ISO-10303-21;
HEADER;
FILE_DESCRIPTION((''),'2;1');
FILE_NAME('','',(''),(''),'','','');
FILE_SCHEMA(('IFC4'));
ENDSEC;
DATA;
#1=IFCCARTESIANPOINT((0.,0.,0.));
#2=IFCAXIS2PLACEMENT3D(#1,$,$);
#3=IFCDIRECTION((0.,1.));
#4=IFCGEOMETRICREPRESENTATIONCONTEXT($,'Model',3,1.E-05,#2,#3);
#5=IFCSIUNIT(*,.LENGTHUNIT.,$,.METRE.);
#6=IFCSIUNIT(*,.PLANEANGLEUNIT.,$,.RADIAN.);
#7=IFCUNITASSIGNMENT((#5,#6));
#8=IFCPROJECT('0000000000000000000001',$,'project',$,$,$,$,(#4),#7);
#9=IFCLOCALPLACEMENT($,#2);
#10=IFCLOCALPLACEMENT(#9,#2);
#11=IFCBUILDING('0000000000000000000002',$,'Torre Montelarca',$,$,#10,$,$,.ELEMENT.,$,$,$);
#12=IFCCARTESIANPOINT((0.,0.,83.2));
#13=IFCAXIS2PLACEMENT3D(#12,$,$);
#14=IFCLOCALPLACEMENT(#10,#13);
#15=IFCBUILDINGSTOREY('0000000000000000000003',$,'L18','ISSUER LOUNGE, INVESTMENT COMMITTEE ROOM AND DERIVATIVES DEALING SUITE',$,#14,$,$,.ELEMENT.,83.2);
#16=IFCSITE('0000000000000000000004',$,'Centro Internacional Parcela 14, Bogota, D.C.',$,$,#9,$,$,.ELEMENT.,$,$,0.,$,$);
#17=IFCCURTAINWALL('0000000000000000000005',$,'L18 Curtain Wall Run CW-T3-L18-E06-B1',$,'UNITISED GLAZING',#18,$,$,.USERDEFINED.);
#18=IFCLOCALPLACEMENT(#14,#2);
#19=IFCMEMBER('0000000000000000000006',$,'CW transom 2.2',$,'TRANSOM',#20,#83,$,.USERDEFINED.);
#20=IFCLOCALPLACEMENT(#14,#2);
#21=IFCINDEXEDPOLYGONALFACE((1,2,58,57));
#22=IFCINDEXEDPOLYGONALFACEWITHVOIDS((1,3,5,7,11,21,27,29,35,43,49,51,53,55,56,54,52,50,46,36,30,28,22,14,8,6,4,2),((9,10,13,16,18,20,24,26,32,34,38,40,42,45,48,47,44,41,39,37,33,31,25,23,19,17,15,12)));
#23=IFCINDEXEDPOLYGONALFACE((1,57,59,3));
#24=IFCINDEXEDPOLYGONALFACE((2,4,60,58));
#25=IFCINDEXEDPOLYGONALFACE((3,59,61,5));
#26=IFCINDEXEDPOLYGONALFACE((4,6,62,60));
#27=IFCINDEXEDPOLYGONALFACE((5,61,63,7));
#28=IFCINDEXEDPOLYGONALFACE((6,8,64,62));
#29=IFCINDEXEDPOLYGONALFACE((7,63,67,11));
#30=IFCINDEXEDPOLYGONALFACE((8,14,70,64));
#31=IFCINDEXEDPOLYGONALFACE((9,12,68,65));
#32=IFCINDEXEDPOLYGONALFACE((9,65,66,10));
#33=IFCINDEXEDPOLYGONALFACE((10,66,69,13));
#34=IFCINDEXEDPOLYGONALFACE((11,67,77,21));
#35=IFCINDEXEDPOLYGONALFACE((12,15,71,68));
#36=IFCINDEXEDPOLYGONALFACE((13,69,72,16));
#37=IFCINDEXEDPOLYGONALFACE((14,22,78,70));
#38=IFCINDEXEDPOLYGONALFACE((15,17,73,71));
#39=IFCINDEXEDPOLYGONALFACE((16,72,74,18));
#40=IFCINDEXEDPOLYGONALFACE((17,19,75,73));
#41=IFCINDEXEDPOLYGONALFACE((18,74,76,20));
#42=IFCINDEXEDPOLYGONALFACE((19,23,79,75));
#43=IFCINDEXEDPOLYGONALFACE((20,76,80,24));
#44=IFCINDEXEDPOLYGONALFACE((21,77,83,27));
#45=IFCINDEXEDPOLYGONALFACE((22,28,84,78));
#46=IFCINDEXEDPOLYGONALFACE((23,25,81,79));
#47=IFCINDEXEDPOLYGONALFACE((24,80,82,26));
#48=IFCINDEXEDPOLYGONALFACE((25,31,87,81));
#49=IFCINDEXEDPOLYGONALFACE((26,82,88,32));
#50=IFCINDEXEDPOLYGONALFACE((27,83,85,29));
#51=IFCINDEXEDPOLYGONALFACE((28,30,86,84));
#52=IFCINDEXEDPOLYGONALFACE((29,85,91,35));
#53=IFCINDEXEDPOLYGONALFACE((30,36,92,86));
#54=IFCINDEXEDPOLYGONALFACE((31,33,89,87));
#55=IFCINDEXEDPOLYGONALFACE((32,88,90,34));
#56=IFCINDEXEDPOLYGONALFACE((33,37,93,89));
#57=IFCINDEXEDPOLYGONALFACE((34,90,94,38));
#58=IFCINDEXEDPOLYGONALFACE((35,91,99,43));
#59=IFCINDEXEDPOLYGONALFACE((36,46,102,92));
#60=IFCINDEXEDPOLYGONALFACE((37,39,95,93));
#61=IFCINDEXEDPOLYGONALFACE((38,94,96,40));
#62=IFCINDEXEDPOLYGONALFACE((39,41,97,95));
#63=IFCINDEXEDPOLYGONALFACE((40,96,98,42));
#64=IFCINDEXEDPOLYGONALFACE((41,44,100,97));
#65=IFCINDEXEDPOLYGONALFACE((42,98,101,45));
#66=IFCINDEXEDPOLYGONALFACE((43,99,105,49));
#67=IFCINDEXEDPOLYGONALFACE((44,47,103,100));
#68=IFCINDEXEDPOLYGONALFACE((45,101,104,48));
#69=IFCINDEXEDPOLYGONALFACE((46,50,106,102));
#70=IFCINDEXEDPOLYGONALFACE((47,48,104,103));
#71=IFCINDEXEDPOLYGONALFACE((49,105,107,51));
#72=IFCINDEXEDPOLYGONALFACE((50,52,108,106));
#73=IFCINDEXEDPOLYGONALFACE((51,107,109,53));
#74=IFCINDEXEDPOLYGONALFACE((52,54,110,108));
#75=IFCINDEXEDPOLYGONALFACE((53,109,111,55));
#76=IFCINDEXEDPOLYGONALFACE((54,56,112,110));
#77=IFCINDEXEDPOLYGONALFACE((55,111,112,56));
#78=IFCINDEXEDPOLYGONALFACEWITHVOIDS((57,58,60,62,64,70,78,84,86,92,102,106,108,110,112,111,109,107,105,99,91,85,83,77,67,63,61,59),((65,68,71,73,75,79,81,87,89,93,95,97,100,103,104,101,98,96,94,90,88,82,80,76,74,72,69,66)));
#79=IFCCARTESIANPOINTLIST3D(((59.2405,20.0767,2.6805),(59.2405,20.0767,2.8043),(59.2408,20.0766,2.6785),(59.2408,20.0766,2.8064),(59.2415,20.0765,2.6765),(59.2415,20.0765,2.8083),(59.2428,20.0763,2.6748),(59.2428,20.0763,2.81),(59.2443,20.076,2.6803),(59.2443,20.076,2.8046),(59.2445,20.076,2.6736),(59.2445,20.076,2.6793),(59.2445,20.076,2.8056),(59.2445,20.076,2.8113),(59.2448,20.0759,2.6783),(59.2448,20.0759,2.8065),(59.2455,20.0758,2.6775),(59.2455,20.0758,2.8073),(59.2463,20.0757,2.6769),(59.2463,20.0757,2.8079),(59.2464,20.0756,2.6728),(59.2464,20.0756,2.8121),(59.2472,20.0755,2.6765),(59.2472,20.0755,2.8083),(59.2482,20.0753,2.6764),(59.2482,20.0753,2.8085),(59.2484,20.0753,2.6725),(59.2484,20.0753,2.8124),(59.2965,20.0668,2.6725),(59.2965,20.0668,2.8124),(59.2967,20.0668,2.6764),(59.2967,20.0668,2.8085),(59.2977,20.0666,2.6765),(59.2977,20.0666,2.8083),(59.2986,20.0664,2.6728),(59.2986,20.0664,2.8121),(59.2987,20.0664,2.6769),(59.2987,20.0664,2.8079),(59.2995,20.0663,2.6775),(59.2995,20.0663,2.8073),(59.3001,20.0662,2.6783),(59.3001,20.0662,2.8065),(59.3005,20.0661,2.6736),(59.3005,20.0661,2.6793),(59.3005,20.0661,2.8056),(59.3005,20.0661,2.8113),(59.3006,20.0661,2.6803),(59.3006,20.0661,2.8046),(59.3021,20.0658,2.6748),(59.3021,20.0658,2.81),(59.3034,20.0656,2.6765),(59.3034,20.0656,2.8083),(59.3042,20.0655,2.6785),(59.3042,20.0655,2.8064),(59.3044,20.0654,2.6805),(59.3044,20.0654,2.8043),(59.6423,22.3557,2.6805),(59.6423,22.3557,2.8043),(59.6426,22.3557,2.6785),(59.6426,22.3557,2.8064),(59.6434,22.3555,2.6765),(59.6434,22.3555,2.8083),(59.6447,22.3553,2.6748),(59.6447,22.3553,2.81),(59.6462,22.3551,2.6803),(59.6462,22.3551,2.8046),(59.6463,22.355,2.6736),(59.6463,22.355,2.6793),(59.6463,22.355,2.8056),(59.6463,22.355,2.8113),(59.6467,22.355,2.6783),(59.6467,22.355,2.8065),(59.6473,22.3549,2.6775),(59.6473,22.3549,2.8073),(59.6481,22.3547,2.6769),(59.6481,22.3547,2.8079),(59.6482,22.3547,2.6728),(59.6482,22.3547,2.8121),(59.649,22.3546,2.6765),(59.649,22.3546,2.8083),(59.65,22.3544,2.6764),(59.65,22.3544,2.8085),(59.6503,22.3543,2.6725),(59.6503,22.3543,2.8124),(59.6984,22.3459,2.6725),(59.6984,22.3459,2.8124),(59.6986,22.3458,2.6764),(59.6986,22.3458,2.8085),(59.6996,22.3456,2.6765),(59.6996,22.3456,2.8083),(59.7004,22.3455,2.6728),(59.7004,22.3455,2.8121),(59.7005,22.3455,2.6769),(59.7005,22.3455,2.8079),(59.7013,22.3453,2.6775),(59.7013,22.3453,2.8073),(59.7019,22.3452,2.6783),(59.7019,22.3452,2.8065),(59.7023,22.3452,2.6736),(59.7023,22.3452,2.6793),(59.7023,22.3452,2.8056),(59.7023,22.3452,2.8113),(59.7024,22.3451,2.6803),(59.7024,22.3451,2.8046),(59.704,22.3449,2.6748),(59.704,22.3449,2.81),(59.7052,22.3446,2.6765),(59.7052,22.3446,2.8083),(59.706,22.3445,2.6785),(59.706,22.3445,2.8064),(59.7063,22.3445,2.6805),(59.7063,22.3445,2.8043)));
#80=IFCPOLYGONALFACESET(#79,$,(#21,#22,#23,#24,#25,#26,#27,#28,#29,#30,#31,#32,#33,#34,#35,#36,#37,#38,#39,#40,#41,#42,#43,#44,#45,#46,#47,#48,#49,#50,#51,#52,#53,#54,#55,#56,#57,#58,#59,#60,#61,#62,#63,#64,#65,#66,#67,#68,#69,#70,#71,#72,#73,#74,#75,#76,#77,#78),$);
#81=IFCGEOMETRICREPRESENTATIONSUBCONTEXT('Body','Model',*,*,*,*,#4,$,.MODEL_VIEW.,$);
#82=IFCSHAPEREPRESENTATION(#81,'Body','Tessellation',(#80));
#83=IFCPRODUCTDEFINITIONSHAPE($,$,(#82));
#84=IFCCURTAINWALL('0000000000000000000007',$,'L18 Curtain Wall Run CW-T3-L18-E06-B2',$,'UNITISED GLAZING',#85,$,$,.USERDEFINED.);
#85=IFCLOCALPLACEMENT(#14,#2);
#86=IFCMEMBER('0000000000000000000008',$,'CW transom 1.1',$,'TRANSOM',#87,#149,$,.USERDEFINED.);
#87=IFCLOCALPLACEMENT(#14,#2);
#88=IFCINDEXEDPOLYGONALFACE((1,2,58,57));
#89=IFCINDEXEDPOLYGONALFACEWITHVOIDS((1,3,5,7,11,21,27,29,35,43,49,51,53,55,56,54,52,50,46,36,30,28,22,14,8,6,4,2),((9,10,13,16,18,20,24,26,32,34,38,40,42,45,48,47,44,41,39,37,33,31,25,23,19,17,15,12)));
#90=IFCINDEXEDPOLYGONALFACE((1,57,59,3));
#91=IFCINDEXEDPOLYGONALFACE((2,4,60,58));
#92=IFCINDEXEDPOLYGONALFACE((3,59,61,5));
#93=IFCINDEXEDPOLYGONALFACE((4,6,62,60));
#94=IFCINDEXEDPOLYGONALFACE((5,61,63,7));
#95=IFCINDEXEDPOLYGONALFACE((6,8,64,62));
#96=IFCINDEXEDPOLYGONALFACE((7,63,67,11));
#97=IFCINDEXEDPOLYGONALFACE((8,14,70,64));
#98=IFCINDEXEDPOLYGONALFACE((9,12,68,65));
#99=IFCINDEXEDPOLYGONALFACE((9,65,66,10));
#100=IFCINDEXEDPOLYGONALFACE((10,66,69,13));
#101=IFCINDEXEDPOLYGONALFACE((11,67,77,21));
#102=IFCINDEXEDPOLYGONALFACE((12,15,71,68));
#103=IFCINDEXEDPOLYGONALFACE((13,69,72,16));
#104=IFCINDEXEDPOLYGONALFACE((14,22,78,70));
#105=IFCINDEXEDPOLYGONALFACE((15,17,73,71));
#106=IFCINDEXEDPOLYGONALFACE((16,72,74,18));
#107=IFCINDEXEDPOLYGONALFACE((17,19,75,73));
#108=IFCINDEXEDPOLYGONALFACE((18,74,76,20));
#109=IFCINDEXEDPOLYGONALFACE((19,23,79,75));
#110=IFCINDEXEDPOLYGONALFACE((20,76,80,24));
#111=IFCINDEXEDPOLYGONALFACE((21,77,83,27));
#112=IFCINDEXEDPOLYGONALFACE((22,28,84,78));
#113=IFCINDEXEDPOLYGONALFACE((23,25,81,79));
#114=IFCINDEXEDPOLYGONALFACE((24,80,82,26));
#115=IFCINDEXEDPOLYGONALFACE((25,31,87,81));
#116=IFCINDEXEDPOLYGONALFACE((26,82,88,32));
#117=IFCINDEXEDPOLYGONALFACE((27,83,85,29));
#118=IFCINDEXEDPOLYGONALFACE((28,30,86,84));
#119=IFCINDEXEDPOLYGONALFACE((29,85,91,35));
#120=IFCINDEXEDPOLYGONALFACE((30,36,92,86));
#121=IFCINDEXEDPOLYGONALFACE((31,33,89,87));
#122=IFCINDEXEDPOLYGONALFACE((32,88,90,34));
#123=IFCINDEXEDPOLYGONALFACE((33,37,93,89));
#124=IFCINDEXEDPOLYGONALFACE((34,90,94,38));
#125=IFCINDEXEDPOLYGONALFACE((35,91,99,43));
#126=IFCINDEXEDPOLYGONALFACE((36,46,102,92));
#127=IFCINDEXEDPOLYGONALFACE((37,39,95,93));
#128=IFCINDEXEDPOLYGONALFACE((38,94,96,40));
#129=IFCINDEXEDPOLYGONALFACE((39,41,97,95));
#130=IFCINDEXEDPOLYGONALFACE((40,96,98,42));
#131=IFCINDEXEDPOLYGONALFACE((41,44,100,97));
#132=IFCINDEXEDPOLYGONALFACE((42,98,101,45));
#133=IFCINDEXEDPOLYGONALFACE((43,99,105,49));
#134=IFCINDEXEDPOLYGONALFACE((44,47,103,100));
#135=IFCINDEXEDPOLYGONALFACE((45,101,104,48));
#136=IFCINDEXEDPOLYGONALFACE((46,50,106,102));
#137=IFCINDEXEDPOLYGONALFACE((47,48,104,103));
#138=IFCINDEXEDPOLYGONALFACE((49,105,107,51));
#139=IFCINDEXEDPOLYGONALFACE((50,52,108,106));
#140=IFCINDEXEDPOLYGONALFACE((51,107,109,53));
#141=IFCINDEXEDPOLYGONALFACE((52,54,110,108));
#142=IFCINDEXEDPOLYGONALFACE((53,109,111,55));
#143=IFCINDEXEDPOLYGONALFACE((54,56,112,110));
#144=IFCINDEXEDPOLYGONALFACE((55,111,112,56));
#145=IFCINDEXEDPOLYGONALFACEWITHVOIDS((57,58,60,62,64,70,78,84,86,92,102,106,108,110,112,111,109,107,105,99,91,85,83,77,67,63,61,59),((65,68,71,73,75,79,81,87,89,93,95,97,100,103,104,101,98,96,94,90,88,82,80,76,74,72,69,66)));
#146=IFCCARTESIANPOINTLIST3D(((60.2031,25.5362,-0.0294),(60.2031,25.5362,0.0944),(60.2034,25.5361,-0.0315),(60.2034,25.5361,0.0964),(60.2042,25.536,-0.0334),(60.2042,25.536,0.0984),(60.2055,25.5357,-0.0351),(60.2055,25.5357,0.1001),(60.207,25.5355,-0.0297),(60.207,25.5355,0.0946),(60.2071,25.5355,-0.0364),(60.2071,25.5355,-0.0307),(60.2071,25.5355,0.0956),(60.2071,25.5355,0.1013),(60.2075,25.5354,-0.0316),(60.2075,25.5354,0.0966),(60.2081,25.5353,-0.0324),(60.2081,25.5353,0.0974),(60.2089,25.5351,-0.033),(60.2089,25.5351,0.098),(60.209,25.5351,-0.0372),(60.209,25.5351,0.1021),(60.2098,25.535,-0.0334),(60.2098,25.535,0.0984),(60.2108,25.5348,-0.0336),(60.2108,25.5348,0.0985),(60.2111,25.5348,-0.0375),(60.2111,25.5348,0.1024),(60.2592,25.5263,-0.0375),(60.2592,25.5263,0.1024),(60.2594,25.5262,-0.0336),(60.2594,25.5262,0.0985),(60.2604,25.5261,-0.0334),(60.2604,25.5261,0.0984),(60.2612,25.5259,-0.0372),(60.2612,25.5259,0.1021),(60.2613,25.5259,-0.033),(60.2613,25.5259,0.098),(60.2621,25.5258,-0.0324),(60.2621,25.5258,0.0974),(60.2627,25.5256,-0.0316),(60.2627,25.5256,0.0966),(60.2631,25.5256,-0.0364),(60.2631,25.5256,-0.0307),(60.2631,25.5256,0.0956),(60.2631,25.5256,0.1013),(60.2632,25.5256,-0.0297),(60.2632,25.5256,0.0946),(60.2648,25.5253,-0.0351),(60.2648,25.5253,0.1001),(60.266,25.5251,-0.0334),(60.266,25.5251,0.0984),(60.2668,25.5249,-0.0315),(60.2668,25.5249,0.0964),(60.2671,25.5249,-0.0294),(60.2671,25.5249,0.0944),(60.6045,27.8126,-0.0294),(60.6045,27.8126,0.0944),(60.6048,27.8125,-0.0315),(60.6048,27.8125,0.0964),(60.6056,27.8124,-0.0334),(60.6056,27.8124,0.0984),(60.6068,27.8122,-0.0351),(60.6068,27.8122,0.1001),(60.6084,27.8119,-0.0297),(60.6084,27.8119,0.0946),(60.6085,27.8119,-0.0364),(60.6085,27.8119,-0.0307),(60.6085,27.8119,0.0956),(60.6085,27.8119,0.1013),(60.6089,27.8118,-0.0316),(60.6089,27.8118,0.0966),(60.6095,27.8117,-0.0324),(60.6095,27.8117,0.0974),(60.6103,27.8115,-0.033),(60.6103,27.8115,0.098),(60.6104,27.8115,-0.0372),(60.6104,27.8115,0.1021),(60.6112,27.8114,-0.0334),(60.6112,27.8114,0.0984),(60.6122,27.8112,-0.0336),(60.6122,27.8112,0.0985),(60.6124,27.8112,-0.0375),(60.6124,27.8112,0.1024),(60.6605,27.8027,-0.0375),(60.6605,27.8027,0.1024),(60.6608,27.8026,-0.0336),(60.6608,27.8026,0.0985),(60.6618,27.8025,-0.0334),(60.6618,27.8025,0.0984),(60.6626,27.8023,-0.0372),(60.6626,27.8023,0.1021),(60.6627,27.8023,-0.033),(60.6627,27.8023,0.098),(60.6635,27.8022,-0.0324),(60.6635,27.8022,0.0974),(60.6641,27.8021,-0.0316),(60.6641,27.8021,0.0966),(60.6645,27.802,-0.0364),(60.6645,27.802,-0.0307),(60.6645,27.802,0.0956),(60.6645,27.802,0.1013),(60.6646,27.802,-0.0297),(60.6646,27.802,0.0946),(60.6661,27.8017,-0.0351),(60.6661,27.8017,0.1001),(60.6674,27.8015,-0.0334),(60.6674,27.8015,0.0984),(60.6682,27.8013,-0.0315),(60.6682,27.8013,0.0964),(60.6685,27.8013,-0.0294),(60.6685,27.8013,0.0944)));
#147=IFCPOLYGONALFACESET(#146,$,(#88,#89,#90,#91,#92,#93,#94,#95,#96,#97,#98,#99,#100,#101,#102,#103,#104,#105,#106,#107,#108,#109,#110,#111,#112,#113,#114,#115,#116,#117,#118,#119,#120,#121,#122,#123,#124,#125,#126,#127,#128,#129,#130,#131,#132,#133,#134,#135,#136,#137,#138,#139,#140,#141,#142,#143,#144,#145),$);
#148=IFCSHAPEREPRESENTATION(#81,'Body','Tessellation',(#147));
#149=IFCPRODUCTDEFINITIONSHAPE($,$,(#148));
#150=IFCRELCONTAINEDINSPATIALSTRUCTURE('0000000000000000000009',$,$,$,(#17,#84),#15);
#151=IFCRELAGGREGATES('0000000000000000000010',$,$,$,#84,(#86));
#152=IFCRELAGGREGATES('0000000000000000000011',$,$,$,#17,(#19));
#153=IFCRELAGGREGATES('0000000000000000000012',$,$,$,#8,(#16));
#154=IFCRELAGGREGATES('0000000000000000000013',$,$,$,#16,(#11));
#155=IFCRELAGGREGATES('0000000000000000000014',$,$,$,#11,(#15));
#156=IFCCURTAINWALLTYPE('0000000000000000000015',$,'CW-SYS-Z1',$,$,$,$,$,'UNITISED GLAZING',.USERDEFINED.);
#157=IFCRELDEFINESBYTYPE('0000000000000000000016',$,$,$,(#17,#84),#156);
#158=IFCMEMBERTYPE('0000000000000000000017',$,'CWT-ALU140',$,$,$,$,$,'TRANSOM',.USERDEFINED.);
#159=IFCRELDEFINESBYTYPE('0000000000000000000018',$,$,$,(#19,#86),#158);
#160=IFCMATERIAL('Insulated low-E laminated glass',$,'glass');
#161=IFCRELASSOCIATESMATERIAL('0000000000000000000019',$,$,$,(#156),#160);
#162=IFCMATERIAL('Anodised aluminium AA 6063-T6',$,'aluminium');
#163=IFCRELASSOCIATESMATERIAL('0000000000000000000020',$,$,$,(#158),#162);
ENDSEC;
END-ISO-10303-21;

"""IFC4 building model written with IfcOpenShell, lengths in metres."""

from ifc_helpers import new_model, si_unit, direction, frame, origin, origin_2d, place, context, subcontext, project, spatial, hollow_rectangle, extrude, source, transform, mapped, material, material_profile, profile_set, type_object, element, aggregate, save


model = new_model("IFC4")

# Units and contexts
model_context = context("Model", 3, precision=1e-05, world=origin(), true_north=direction((0.0, 1.0)))
body_context = subcontext(model_context, "Body", "Model", "MODEL_VIEW")
ifc_project = project(units=[si_unit("LENGTHUNIT", "METRE"), si_unit("PLANEANGLEUNIT", "RADIAN")], contexts=[model_context])

# Site, building, storey
site_placement = place(None, origin())
site = spatial("IfcSite", under=ifc_project, at=site_placement, Name="Centro Internacional Parcela 14, Bogota, D.C.", CompositionType="ELEMENT", RefElevation=0.0)
building_placement = place(site_placement, origin())
building = spatial("IfcBuilding", under=site, at=building_placement, Name="Torre Montelarca", CompositionType="ELEMENT")
storey_placement = place(building_placement, frame((0.0, 0.0, 83.2)))
storey = spatial("IfcBuildingStorey", under=building, at=storey_placement, Name="L18", Description="ISSUER LOUNGE, INVESTMENT COMMITTEE ROOM AND DERIVATIVES DEALING SUITE", CompositionType="ELEMENT", Elevation=83.2)

# Curtain wall, member
ifc_material_1 = material(Name="Insulated low-E laminated glass", Category="glass")
curtain_wall_type = type_object("IfcCurtainWallType", Name="CW-SYS-Z1", ElementType="UNITISED GLAZING", PredefinedType="USERDEFINED", material=ifc_material_1)
curtain_wall_1_placement = place(storey_placement, origin())
curtain_wall_1 = element("IfcCurtainWall", 1, at=curtain_wall_1_placement, inside=storey, type_object=curtain_wall_type, Name="L18 Curtain Wall Run CW-T3-L18-E06-B1", ObjectType="UNITISED GLAZING", PredefinedType="USERDEFINED")
ifc_material_2 = material(Name="Anodised aluminium AA 6063-T6", Category="aluminium")
ifc_material_profile_1 = material_profile(ifc_material_2, hollow_rectangle(XDim=0.0649, YDim=0.1399, WallThickness=0.0039, InnerFilletRadius=0.0039, OuterFilletRadius=0.0081, at=origin_2d()), Name="ALU65X140X4", Category="aluminium")
ifc_profile_set_1 = profile_set([ifc_material_profile_1], Name="Anodised aluminium AA 6063-T6")
member_type_1 = type_object("IfcMemberType", Name="CWT-ALU140", ElementType="TRANSOM", PredefinedType="USERDEFINED", material=ifc_profile_set_1)
shared_shape_1 = source(origin(), body_context, "Body", "SweptSolid", [
    extrude(hollow_rectangle(XDim=0.0649, YDim=0.1399, WallThickness=0.0039, InnerFilletRadius=0.0039, OuterFilletRadius=0.0081, at=origin_2d()), origin(), (0.0, 0.0, 1.0), 2.3142),
])
member_1_placement = place(storey_placement, frame((59.2725, 20.071, 2.7424), z_axis=(0.173647, 0.984808, 0.0), x_axis=(-0.984808, 0.173647, 0.0)))
member_1 = element("IfcMember", 2, at=member_1_placement, type_object=member_type_1, Name="CW transom 2.2", ObjectType="TRANSOM", PredefinedType="USERDEFINED", context=body_context, shape_type="MappedRepresentation", body=[
    mapped(shared_shape_1, transform((0.0, 0.0, 0.0), scale=1.0)),
])

# Curtain wall, member
curtain_wall_2_placement = place(storey_placement, origin())
curtain_wall_2 = element("IfcCurtainWall", 3, at=curtain_wall_2_placement, inside=storey, type_object=curtain_wall_type, Name="L18 Curtain Wall Run CW-T3-L18-E06-B2", ObjectType="UNITISED GLAZING", PredefinedType="USERDEFINED")
shared_shape_2 = source(origin(), body_context, "Body", "SweptSolid", [
    extrude(hollow_rectangle(XDim=0.0649, YDim=0.1399, WallThickness=0.0039, InnerFilletRadius=0.0039, OuterFilletRadius=0.0081, at=origin_2d()), origin(), (0.0, 0.0, 1.0), 2.3115),
])
member_2_placement = place(storey_placement, frame((60.2351, 25.5305, 0.0325), z_axis=(0.173641, 0.984809, 0.0), x_axis=(-0.984809, 0.173641, 0.0)))
member_2 = element("IfcMember", 4, at=member_2_placement, type_object=member_type_1, Name="CW transom 1.1", ObjectType="TRANSOM", PredefinedType="USERDEFINED", context=body_context, shape_type="MappedRepresentation", body=[
    mapped(shared_shape_2, transform((0.0, 0.0, 0.0), scale=1.0)),
])

aggregate(curtain_wall_2, [member_2])

aggregate(curtain_wall_1, [member_1])

save(model, "model.ifc")
